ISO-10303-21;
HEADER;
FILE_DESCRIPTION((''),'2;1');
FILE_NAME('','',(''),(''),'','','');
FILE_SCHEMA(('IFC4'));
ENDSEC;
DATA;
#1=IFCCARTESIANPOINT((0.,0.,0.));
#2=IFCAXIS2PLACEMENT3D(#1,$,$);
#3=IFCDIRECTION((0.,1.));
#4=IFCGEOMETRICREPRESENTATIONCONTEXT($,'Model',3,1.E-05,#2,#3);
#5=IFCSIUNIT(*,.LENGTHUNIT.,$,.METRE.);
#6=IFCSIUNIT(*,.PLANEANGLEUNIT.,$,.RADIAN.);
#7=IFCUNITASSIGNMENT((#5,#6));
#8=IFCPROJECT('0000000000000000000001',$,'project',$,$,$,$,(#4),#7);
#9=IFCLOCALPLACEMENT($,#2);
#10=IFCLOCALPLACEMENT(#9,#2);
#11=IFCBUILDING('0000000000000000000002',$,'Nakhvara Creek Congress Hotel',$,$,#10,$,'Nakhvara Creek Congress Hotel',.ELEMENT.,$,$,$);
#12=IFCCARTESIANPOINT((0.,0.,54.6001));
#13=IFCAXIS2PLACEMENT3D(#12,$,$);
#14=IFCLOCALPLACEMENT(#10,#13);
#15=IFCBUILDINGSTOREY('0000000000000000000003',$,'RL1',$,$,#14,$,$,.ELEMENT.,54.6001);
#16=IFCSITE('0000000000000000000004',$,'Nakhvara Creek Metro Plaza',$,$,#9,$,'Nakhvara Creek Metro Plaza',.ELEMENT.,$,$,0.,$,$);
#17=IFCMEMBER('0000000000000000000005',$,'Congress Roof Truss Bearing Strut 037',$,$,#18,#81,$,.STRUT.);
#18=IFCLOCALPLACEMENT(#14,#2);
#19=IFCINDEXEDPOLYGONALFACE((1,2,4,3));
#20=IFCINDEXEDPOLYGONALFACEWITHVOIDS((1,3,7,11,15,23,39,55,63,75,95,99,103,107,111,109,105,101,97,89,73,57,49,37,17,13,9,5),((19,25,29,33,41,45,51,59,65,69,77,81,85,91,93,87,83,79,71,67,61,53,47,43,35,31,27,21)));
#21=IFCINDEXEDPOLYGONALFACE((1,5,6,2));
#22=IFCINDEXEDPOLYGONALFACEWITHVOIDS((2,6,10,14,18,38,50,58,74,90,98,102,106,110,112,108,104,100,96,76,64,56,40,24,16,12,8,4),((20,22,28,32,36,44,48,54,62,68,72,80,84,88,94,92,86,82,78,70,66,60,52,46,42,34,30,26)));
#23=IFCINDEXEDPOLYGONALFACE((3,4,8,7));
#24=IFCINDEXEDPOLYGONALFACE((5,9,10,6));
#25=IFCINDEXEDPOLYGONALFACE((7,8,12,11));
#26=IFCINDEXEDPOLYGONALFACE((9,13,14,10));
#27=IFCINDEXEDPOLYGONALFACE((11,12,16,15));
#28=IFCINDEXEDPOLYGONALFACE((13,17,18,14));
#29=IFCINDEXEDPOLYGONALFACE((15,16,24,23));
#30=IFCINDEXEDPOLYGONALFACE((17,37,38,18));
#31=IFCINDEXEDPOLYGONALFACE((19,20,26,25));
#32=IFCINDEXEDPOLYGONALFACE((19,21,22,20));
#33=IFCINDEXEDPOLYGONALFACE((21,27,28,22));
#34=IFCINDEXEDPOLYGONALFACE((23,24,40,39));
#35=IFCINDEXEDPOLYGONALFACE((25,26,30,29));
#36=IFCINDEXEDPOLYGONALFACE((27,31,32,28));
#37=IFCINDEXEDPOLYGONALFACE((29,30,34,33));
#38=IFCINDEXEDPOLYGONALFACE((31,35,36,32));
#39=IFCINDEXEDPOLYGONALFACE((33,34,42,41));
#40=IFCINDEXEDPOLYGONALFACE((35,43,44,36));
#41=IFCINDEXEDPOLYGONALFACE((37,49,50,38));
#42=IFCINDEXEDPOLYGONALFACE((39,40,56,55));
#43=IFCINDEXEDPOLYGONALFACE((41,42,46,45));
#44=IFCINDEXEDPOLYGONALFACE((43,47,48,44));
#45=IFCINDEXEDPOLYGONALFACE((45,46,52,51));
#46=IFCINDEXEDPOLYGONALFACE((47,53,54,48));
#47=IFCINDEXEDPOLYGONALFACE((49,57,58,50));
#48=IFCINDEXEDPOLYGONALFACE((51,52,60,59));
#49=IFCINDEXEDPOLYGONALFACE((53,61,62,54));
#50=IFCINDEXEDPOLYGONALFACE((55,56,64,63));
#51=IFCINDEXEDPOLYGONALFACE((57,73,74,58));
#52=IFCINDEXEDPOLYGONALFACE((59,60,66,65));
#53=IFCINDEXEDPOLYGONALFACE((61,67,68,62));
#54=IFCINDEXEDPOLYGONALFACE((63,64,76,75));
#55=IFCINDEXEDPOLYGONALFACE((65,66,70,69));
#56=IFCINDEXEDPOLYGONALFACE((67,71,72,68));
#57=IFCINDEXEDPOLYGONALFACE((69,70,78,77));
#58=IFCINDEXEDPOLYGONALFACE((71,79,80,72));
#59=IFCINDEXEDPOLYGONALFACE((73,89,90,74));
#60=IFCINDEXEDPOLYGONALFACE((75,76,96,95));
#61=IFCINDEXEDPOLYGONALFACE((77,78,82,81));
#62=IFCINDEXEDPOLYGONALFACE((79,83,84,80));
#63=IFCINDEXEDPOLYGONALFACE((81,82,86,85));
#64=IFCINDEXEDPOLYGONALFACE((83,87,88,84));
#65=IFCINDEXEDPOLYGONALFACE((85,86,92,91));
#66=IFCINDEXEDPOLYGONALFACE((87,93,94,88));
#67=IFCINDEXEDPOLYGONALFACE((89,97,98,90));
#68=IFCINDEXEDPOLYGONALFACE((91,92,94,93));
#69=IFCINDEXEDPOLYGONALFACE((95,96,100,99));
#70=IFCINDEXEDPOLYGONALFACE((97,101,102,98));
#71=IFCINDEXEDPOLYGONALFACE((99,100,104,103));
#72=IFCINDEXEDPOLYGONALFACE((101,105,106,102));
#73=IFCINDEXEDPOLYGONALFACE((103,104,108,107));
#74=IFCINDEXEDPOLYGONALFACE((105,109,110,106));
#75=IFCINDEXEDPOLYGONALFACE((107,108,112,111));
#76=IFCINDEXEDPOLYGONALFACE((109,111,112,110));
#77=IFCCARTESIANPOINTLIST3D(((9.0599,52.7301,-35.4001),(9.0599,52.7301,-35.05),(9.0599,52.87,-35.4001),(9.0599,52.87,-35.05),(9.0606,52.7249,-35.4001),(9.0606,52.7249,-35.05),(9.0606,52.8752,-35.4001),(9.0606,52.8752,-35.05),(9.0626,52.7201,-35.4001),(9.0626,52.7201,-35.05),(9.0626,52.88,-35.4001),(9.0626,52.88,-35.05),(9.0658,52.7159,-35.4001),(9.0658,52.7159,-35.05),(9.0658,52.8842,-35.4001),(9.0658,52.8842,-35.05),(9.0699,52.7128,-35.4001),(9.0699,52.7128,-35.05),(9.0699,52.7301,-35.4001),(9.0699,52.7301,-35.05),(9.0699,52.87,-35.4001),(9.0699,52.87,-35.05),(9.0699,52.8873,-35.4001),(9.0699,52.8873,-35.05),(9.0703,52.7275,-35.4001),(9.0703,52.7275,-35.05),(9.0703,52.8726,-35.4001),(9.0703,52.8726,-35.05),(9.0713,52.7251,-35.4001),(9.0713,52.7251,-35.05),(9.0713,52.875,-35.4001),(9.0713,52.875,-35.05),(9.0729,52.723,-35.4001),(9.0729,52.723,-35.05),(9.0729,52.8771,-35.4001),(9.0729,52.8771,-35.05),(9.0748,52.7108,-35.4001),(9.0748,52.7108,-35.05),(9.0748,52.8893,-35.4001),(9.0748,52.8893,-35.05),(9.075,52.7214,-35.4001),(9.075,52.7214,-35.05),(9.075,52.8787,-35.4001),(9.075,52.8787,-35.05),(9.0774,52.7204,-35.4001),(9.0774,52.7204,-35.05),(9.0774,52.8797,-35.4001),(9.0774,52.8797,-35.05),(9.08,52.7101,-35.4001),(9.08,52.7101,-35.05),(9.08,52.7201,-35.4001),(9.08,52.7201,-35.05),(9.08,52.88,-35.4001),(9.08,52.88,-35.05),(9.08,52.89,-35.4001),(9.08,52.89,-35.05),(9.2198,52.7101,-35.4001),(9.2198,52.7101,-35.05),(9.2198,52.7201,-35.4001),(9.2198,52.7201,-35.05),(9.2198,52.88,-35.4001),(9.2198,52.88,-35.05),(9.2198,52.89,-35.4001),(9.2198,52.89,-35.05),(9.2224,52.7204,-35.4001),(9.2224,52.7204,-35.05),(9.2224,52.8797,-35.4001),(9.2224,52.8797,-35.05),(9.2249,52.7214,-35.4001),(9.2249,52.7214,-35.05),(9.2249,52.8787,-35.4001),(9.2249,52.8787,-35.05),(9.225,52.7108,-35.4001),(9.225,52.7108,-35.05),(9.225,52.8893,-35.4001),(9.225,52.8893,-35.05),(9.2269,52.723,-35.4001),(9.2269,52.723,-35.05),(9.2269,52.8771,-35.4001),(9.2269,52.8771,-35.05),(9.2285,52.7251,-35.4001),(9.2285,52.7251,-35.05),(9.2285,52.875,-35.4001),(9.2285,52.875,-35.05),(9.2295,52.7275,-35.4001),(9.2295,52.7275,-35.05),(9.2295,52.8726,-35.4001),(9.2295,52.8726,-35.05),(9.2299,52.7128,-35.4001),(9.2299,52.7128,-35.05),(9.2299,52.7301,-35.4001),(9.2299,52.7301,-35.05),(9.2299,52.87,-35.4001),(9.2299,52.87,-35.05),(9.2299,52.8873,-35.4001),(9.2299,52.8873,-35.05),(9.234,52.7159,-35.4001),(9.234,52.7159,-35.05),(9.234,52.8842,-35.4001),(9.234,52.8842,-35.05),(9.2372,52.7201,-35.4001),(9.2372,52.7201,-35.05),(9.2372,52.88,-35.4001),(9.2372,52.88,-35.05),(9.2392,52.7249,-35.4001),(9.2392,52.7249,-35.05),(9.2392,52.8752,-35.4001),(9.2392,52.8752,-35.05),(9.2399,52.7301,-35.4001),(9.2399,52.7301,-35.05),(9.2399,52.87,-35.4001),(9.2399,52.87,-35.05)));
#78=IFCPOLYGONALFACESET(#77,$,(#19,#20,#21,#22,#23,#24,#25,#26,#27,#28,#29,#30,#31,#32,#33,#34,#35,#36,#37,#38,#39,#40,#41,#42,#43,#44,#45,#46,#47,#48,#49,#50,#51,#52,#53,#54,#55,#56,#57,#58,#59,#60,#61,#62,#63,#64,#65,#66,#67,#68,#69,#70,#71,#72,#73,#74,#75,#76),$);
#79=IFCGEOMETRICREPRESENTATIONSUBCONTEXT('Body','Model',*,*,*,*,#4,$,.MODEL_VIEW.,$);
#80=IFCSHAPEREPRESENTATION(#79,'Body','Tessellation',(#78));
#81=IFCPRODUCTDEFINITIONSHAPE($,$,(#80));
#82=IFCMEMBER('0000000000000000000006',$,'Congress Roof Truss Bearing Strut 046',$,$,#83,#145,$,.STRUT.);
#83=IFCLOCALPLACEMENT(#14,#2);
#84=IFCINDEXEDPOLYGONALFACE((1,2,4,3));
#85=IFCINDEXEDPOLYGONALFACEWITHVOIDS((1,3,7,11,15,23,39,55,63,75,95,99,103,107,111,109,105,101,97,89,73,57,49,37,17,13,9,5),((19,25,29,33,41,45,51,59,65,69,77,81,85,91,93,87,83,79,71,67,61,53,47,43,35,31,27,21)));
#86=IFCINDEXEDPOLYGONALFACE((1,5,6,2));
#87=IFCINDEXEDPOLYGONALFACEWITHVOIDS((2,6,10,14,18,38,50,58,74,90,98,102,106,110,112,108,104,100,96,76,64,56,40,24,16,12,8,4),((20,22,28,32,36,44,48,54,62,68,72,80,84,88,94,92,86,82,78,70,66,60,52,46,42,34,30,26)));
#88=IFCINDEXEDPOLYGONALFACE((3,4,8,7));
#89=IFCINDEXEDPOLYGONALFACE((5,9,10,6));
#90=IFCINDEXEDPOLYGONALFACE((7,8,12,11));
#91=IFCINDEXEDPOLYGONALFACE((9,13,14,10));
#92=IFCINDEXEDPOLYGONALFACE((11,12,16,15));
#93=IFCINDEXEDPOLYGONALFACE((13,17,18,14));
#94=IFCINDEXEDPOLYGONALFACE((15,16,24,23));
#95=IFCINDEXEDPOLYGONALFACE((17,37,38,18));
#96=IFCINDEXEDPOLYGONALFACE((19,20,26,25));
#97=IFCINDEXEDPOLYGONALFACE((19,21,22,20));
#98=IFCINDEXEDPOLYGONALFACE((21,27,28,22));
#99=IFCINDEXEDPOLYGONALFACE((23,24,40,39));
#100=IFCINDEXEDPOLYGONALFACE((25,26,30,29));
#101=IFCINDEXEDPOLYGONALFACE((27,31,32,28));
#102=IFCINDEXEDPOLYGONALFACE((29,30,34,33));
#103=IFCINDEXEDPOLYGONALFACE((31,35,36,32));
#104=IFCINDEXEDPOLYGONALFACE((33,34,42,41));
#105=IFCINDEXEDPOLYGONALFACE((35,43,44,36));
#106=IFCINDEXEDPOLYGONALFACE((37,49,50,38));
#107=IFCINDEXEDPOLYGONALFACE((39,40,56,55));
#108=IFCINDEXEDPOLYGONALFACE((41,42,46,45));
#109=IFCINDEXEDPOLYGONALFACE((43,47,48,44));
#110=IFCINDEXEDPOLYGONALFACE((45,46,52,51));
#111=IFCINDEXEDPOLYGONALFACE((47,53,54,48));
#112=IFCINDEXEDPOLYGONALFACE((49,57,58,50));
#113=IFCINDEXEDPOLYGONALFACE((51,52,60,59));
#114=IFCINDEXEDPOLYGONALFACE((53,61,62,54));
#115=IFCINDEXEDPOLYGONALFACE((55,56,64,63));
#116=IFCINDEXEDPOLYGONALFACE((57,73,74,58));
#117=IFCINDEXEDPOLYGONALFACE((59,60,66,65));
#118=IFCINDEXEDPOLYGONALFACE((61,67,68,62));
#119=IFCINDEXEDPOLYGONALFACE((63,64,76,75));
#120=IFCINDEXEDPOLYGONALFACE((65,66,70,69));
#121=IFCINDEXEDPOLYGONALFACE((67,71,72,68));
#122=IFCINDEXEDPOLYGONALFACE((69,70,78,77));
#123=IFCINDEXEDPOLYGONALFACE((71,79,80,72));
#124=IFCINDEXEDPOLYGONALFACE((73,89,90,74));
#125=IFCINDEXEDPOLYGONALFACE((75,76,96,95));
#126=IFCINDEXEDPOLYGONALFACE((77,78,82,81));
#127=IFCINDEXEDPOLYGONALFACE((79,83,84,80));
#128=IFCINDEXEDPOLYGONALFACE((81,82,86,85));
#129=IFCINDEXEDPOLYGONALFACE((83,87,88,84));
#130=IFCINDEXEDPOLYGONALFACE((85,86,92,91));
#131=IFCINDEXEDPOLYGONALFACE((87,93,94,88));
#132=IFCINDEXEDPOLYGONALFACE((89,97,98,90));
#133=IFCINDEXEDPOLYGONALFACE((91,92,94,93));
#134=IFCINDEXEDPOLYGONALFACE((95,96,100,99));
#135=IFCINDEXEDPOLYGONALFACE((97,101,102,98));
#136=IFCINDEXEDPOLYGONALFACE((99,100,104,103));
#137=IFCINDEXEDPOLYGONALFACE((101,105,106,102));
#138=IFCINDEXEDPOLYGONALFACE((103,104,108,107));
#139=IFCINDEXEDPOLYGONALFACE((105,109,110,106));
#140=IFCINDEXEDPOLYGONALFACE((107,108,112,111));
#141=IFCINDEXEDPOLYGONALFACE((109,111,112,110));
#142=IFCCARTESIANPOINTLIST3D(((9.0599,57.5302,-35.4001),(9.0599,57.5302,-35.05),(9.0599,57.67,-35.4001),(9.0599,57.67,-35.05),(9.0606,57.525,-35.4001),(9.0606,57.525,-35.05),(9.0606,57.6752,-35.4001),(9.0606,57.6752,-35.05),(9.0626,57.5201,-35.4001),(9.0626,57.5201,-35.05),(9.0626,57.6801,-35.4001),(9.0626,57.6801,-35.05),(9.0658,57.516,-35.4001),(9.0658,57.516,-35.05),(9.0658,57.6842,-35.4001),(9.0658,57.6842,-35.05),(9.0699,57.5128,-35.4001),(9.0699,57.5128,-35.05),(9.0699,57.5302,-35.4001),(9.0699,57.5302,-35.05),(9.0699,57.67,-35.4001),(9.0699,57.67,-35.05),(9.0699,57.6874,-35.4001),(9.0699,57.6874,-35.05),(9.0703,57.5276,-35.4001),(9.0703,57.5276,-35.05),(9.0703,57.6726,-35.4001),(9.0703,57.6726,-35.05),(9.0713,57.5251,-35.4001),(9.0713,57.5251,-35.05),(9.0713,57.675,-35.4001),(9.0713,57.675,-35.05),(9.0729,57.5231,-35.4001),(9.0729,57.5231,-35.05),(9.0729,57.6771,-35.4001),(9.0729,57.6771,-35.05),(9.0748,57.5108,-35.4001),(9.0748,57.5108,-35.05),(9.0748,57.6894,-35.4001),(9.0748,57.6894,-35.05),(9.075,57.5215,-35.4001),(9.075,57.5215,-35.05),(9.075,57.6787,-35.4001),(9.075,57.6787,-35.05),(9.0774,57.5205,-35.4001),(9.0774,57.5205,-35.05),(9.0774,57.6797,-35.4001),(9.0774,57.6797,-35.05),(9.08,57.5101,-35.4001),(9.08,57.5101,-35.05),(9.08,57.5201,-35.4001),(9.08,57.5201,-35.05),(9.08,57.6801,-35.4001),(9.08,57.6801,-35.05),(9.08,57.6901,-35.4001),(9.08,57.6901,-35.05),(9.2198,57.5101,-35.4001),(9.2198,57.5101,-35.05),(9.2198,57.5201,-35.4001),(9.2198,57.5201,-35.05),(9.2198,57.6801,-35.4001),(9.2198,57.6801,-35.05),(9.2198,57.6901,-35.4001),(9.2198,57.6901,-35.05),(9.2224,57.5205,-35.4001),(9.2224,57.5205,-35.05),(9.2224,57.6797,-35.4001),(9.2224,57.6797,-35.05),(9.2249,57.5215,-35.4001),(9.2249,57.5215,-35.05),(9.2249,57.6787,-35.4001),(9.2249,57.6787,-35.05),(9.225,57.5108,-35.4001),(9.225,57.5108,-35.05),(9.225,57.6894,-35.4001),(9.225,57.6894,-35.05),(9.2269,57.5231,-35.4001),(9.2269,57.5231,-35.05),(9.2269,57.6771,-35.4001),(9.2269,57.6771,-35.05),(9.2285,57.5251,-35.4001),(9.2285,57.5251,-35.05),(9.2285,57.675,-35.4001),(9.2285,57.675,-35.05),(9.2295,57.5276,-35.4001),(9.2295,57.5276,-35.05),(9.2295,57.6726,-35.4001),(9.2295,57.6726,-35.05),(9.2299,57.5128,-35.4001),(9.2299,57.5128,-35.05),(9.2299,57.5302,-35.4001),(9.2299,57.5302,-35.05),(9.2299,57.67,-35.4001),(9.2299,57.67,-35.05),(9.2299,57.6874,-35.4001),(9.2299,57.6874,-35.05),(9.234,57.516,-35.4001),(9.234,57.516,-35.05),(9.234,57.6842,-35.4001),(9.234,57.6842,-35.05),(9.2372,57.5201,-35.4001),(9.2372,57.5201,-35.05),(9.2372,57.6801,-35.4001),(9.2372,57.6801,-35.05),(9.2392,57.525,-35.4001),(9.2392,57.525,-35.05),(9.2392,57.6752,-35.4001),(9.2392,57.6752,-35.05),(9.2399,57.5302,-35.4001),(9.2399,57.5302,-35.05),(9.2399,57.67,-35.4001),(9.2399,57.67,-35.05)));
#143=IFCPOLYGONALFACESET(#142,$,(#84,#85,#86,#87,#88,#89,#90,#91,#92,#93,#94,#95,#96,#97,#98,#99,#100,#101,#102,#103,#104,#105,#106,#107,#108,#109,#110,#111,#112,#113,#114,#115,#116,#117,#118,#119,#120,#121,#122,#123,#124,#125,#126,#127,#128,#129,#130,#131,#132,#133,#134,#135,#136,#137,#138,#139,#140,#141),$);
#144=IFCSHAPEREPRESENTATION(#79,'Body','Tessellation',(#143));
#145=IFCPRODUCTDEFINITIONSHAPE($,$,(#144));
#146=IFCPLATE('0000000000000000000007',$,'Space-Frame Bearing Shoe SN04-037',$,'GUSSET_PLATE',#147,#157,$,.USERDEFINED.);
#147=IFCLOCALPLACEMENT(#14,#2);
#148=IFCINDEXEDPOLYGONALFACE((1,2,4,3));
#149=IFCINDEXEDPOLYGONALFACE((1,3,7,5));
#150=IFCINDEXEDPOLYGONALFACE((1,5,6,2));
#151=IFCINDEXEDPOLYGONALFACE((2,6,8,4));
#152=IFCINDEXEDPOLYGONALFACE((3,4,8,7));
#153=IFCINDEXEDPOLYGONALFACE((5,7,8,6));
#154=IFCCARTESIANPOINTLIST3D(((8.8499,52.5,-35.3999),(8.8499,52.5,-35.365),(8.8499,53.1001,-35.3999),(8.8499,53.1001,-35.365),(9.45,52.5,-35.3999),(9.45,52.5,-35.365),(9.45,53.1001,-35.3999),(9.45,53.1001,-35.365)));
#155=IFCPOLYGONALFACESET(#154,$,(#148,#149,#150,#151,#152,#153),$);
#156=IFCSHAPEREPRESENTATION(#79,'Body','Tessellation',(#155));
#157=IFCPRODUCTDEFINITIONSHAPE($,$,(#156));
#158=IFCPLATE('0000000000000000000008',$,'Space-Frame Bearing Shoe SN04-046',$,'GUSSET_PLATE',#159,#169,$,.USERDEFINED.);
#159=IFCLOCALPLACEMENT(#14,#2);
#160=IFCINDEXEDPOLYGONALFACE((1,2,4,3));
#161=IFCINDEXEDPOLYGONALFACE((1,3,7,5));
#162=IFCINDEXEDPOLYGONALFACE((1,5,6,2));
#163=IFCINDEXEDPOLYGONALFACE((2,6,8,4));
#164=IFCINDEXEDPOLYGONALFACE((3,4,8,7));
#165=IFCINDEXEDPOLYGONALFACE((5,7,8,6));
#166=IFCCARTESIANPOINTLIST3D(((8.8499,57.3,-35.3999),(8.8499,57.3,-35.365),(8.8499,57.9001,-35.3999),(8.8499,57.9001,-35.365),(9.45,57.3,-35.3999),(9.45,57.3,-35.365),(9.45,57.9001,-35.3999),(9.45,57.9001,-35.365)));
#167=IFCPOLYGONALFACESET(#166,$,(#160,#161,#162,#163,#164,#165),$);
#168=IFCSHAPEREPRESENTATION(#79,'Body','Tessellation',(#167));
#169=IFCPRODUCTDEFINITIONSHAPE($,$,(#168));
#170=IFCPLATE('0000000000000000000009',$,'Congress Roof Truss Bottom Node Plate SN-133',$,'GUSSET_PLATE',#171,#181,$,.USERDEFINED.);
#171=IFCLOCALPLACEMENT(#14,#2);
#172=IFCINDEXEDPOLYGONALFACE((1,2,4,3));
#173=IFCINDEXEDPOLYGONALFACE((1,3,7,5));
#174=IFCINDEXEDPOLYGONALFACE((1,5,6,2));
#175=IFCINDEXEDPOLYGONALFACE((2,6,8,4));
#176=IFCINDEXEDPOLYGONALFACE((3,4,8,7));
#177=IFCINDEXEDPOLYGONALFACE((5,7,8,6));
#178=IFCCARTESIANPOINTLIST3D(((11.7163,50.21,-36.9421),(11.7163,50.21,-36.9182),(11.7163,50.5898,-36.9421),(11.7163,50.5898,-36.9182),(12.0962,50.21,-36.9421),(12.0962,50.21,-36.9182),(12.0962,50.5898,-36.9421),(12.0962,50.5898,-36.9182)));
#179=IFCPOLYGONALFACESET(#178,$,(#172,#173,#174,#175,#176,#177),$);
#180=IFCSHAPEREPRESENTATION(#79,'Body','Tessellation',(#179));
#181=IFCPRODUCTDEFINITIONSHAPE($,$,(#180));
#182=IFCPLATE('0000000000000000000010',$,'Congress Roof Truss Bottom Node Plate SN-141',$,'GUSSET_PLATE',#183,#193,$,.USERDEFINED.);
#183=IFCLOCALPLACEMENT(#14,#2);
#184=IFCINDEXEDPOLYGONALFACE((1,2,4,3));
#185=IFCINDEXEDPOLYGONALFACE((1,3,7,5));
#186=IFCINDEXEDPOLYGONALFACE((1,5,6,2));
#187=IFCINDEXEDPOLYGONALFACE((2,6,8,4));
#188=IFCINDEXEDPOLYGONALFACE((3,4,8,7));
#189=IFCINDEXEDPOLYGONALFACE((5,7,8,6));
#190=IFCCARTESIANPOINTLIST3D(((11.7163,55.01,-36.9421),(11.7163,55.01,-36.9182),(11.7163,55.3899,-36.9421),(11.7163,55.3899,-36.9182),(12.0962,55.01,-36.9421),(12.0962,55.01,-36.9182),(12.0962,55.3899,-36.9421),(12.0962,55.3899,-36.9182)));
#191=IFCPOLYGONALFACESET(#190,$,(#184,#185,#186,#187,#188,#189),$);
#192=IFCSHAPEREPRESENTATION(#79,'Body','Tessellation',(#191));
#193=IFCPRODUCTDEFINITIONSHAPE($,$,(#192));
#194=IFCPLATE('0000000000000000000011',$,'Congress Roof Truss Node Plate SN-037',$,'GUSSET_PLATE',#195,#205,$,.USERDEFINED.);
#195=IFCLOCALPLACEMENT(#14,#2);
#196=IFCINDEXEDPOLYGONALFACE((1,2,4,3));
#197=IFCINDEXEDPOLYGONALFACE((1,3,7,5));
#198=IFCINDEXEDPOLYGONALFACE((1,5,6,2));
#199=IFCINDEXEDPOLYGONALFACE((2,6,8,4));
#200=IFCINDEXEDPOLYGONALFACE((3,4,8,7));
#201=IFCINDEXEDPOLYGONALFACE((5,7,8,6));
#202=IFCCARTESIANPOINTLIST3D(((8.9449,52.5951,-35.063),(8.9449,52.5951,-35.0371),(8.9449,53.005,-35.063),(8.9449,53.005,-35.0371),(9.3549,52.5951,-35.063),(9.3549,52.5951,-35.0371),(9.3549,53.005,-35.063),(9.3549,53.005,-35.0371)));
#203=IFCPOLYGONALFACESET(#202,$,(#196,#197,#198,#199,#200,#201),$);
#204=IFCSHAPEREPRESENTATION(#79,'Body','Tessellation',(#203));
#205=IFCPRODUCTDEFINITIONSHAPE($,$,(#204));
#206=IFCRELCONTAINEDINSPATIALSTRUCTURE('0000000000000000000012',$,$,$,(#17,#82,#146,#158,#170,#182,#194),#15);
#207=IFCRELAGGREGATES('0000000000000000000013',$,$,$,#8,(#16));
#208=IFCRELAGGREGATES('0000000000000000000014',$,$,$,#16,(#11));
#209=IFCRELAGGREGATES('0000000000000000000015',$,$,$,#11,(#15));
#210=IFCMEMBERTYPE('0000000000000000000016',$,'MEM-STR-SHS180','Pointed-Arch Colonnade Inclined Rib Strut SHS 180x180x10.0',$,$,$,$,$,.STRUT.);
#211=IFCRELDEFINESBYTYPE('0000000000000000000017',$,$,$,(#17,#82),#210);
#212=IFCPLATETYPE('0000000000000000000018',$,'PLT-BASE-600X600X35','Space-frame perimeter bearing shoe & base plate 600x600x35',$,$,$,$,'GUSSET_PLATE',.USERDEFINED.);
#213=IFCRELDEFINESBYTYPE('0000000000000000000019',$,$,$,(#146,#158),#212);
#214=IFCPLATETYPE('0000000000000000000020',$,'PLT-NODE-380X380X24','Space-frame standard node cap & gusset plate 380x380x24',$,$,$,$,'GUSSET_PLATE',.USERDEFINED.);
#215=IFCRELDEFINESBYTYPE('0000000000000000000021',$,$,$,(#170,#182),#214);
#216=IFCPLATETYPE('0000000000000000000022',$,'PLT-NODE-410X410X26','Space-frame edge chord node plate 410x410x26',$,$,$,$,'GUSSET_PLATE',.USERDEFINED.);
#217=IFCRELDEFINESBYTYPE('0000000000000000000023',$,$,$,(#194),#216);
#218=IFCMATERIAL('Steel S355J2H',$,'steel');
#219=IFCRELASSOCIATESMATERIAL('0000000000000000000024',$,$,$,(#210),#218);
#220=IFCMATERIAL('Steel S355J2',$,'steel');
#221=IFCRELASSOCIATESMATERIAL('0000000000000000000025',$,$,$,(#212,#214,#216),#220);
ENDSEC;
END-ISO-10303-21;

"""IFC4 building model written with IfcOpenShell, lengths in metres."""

from ifc_helpers import new_model, si_unit, direction, frame, origin, origin_2d, place, context, subcontext, project, spatial, rectangle, hollow_rectangle, extrude, material, material_profile, profile_set, type_object, element, save


model = new_model("IFC4")

# Units and contexts
model_context = context("Model", 3, precision=1e-05, world=origin(), true_north=direction((0.0, 1.0)))
body_context = subcontext(model_context, "Body", "Model", "MODEL_VIEW")
ifc_project = project(units=[si_unit("LENGTHUNIT", "METRE"), si_unit("PLANEANGLEUNIT", "RADIAN")], contexts=[model_context])

# Site, building, storey
site_placement = place(None, origin())
site = spatial("IfcSite", under=ifc_project, at=site_placement, Name="Nakhvara Creek Metro Plaza", LongName="Nakhvara Creek Metro Plaza", CompositionType="ELEMENT", RefElevation=0.0)
building_placement = place(site_placement, origin())
building = spatial("IfcBuilding", under=site, at=building_placement, Name="Nakhvara Creek Congress Hotel", LongName="Nakhvara Creek Congress Hotel", CompositionType="ELEMENT")
storey_placement = place(building_placement, frame((0.0, 0.0, 54.6001)))
storey = spatial("IfcBuildingStorey", under=building, at=storey_placement, Name="RL1", CompositionType="ELEMENT", Elevation=54.6001)

# Members
ifc_material_1 = material(Name="Steel S355J2H", Category="steel")
ifc_material_profile_1 = material_profile(ifc_material_1, hollow_rectangle(XDim=0.1799, YDim=0.1799, WallThickness=0.01, InnerFilletRadius=0.01, OuterFilletRadius=0.02, at=origin_2d()), Name="SHS 180x180x10.0", Category="LoadBearing")
ifc_profile_set_1 = profile_set([ifc_material_profile_1], Name="Steel S355J2H")
member_type_1 = type_object("IfcMemberType", Name="MEM-STR-SHS180", Description="Pointed-Arch Colonnade Inclined Rib Strut SHS 180x180x10.0", PredefinedType="STRUT", material=ifc_profile_set_1)
for number, where, z_axis, x_axis, name in (
    (1, (9.1499, 52.8, -35.4001), (0.0, 0.0, 1.0), (1.0, 0.0, 0.0), "Congress Roof Truss Bearing Strut 037"),
    (2, (9.1499, 57.6001, -35.4001), (0.0, 0.0, 1.0), (1.0, 0.0, 0.0), "Congress Roof Truss Bearing Strut 046"),
):
    element("IfcMember", number, at=place(storey_placement, frame(where, z_axis=z_axis, x_axis=x_axis)), inside=storey, type_object=member_type_1, Name=name, PredefinedType="STRUT", context=body_context, shape_type="SweptSolid", body=[
        extrude(hollow_rectangle(XDim=0.1799, YDim=0.1799, WallThickness=0.01, InnerFilletRadius=0.01, OuterFilletRadius=0.02, at=origin_2d()), origin(), (0.0, 0.0, 1.0), 0.3501),
    ])

# Plates
ifc_material_2 = material(Name="Steel S355J2", Category="steel")
plate_type_1 = type_object("IfcPlateType", Name="PLT-BASE-600X600X35", Description="Space-frame perimeter bearing shoe & base plate 600x600x35", ElementType="GUSSET_PLATE", PredefinedType="USERDEFINED", material=ifc_material_2)
for number, where, z_axis, x_axis, name in (
    (3, (9.1499, 52.8, -35.3999), (0.0, 0.0, 1.0), (1.0, 0.0, 0.0), "Space-Frame Bearing Shoe SN04-037"),
    (4, (9.1499, 57.6001, -35.3999), (0.0, 0.0, 1.0), (1.0, 0.0, 0.0), "Space-Frame Bearing Shoe SN04-046"),
):
    element("IfcPlate", number, at=place(storey_placement, frame(where, z_axis=z_axis, x_axis=x_axis)), inside=storey, type_object=plate_type_1, Name=name, ObjectType="GUSSET_PLATE", PredefinedType="USERDEFINED", context=body_context, shape_type="SweptSolid", body=[
        extrude(rectangle(XDim=0.6001, YDim=0.6001, at=origin_2d()), origin(), (0.0, 0.0, 1.0), 0.0349),
    ])
plate_type_2 = type_object("IfcPlateType", Name="PLT-NODE-380X380X24", Description="Space-frame standard node cap & gusset plate 380x380x24", ElementType="GUSSET_PLATE", PredefinedType="USERDEFINED", material=ifc_material_2)
for number, where, z_axis, x_axis, name in (
    (5, (11.9062, 50.3999, -36.9421), (0.0, 0.0, 1.0), (1.0, 0.0, 0.0), "Congress Roof Truss Bottom Node Plate SN-133"),
    (6, (11.9062, 55.2, -36.9421), (0.0, 0.0, 1.0), (1.0, 0.0, 0.0), "Congress Roof Truss Bottom Node Plate SN-141"),
):
    element("IfcPlate", number, at=place(storey_placement, frame(where, z_axis=z_axis, x_axis=x_axis)), inside=storey, type_object=plate_type_2, Name=name, ObjectType="GUSSET_PLATE", PredefinedType="USERDEFINED", context=body_context, shape_type="SweptSolid", body=[
        extrude(rectangle(XDim=0.3799, YDim=0.3799, at=origin_2d()), origin(), (0.0, 0.0, 1.0), 0.0239),
    ])
plate_type_3 = type_object("IfcPlateType", Name="PLT-NODE-410X410X26", Description="Space-frame edge chord node plate 410x410x26", ElementType="GUSSET_PLATE", PredefinedType="USERDEFINED", material=ifc_material_2)
for number, where, z_axis, x_axis, name in (
    (7, (9.1499, 52.8, -35.063), (0.0, 0.0, 1.0), (1.0, 0.0, 0.0), "Congress Roof Truss Node Plate SN-037"),
):
    element("IfcPlate", number, at=place(storey_placement, frame(where, z_axis=z_axis, x_axis=x_axis)), inside=storey, type_object=plate_type_3, Name=name, ObjectType="GUSSET_PLATE", PredefinedType="USERDEFINED", context=body_context, shape_type="SweptSolid", body=[
        extrude(rectangle(XDim=0.4099, YDim=0.4099, at=origin_2d()), origin(), (0.0, 0.0, 1.0), 0.0259),
    ])

save(model, "model.ifc")
